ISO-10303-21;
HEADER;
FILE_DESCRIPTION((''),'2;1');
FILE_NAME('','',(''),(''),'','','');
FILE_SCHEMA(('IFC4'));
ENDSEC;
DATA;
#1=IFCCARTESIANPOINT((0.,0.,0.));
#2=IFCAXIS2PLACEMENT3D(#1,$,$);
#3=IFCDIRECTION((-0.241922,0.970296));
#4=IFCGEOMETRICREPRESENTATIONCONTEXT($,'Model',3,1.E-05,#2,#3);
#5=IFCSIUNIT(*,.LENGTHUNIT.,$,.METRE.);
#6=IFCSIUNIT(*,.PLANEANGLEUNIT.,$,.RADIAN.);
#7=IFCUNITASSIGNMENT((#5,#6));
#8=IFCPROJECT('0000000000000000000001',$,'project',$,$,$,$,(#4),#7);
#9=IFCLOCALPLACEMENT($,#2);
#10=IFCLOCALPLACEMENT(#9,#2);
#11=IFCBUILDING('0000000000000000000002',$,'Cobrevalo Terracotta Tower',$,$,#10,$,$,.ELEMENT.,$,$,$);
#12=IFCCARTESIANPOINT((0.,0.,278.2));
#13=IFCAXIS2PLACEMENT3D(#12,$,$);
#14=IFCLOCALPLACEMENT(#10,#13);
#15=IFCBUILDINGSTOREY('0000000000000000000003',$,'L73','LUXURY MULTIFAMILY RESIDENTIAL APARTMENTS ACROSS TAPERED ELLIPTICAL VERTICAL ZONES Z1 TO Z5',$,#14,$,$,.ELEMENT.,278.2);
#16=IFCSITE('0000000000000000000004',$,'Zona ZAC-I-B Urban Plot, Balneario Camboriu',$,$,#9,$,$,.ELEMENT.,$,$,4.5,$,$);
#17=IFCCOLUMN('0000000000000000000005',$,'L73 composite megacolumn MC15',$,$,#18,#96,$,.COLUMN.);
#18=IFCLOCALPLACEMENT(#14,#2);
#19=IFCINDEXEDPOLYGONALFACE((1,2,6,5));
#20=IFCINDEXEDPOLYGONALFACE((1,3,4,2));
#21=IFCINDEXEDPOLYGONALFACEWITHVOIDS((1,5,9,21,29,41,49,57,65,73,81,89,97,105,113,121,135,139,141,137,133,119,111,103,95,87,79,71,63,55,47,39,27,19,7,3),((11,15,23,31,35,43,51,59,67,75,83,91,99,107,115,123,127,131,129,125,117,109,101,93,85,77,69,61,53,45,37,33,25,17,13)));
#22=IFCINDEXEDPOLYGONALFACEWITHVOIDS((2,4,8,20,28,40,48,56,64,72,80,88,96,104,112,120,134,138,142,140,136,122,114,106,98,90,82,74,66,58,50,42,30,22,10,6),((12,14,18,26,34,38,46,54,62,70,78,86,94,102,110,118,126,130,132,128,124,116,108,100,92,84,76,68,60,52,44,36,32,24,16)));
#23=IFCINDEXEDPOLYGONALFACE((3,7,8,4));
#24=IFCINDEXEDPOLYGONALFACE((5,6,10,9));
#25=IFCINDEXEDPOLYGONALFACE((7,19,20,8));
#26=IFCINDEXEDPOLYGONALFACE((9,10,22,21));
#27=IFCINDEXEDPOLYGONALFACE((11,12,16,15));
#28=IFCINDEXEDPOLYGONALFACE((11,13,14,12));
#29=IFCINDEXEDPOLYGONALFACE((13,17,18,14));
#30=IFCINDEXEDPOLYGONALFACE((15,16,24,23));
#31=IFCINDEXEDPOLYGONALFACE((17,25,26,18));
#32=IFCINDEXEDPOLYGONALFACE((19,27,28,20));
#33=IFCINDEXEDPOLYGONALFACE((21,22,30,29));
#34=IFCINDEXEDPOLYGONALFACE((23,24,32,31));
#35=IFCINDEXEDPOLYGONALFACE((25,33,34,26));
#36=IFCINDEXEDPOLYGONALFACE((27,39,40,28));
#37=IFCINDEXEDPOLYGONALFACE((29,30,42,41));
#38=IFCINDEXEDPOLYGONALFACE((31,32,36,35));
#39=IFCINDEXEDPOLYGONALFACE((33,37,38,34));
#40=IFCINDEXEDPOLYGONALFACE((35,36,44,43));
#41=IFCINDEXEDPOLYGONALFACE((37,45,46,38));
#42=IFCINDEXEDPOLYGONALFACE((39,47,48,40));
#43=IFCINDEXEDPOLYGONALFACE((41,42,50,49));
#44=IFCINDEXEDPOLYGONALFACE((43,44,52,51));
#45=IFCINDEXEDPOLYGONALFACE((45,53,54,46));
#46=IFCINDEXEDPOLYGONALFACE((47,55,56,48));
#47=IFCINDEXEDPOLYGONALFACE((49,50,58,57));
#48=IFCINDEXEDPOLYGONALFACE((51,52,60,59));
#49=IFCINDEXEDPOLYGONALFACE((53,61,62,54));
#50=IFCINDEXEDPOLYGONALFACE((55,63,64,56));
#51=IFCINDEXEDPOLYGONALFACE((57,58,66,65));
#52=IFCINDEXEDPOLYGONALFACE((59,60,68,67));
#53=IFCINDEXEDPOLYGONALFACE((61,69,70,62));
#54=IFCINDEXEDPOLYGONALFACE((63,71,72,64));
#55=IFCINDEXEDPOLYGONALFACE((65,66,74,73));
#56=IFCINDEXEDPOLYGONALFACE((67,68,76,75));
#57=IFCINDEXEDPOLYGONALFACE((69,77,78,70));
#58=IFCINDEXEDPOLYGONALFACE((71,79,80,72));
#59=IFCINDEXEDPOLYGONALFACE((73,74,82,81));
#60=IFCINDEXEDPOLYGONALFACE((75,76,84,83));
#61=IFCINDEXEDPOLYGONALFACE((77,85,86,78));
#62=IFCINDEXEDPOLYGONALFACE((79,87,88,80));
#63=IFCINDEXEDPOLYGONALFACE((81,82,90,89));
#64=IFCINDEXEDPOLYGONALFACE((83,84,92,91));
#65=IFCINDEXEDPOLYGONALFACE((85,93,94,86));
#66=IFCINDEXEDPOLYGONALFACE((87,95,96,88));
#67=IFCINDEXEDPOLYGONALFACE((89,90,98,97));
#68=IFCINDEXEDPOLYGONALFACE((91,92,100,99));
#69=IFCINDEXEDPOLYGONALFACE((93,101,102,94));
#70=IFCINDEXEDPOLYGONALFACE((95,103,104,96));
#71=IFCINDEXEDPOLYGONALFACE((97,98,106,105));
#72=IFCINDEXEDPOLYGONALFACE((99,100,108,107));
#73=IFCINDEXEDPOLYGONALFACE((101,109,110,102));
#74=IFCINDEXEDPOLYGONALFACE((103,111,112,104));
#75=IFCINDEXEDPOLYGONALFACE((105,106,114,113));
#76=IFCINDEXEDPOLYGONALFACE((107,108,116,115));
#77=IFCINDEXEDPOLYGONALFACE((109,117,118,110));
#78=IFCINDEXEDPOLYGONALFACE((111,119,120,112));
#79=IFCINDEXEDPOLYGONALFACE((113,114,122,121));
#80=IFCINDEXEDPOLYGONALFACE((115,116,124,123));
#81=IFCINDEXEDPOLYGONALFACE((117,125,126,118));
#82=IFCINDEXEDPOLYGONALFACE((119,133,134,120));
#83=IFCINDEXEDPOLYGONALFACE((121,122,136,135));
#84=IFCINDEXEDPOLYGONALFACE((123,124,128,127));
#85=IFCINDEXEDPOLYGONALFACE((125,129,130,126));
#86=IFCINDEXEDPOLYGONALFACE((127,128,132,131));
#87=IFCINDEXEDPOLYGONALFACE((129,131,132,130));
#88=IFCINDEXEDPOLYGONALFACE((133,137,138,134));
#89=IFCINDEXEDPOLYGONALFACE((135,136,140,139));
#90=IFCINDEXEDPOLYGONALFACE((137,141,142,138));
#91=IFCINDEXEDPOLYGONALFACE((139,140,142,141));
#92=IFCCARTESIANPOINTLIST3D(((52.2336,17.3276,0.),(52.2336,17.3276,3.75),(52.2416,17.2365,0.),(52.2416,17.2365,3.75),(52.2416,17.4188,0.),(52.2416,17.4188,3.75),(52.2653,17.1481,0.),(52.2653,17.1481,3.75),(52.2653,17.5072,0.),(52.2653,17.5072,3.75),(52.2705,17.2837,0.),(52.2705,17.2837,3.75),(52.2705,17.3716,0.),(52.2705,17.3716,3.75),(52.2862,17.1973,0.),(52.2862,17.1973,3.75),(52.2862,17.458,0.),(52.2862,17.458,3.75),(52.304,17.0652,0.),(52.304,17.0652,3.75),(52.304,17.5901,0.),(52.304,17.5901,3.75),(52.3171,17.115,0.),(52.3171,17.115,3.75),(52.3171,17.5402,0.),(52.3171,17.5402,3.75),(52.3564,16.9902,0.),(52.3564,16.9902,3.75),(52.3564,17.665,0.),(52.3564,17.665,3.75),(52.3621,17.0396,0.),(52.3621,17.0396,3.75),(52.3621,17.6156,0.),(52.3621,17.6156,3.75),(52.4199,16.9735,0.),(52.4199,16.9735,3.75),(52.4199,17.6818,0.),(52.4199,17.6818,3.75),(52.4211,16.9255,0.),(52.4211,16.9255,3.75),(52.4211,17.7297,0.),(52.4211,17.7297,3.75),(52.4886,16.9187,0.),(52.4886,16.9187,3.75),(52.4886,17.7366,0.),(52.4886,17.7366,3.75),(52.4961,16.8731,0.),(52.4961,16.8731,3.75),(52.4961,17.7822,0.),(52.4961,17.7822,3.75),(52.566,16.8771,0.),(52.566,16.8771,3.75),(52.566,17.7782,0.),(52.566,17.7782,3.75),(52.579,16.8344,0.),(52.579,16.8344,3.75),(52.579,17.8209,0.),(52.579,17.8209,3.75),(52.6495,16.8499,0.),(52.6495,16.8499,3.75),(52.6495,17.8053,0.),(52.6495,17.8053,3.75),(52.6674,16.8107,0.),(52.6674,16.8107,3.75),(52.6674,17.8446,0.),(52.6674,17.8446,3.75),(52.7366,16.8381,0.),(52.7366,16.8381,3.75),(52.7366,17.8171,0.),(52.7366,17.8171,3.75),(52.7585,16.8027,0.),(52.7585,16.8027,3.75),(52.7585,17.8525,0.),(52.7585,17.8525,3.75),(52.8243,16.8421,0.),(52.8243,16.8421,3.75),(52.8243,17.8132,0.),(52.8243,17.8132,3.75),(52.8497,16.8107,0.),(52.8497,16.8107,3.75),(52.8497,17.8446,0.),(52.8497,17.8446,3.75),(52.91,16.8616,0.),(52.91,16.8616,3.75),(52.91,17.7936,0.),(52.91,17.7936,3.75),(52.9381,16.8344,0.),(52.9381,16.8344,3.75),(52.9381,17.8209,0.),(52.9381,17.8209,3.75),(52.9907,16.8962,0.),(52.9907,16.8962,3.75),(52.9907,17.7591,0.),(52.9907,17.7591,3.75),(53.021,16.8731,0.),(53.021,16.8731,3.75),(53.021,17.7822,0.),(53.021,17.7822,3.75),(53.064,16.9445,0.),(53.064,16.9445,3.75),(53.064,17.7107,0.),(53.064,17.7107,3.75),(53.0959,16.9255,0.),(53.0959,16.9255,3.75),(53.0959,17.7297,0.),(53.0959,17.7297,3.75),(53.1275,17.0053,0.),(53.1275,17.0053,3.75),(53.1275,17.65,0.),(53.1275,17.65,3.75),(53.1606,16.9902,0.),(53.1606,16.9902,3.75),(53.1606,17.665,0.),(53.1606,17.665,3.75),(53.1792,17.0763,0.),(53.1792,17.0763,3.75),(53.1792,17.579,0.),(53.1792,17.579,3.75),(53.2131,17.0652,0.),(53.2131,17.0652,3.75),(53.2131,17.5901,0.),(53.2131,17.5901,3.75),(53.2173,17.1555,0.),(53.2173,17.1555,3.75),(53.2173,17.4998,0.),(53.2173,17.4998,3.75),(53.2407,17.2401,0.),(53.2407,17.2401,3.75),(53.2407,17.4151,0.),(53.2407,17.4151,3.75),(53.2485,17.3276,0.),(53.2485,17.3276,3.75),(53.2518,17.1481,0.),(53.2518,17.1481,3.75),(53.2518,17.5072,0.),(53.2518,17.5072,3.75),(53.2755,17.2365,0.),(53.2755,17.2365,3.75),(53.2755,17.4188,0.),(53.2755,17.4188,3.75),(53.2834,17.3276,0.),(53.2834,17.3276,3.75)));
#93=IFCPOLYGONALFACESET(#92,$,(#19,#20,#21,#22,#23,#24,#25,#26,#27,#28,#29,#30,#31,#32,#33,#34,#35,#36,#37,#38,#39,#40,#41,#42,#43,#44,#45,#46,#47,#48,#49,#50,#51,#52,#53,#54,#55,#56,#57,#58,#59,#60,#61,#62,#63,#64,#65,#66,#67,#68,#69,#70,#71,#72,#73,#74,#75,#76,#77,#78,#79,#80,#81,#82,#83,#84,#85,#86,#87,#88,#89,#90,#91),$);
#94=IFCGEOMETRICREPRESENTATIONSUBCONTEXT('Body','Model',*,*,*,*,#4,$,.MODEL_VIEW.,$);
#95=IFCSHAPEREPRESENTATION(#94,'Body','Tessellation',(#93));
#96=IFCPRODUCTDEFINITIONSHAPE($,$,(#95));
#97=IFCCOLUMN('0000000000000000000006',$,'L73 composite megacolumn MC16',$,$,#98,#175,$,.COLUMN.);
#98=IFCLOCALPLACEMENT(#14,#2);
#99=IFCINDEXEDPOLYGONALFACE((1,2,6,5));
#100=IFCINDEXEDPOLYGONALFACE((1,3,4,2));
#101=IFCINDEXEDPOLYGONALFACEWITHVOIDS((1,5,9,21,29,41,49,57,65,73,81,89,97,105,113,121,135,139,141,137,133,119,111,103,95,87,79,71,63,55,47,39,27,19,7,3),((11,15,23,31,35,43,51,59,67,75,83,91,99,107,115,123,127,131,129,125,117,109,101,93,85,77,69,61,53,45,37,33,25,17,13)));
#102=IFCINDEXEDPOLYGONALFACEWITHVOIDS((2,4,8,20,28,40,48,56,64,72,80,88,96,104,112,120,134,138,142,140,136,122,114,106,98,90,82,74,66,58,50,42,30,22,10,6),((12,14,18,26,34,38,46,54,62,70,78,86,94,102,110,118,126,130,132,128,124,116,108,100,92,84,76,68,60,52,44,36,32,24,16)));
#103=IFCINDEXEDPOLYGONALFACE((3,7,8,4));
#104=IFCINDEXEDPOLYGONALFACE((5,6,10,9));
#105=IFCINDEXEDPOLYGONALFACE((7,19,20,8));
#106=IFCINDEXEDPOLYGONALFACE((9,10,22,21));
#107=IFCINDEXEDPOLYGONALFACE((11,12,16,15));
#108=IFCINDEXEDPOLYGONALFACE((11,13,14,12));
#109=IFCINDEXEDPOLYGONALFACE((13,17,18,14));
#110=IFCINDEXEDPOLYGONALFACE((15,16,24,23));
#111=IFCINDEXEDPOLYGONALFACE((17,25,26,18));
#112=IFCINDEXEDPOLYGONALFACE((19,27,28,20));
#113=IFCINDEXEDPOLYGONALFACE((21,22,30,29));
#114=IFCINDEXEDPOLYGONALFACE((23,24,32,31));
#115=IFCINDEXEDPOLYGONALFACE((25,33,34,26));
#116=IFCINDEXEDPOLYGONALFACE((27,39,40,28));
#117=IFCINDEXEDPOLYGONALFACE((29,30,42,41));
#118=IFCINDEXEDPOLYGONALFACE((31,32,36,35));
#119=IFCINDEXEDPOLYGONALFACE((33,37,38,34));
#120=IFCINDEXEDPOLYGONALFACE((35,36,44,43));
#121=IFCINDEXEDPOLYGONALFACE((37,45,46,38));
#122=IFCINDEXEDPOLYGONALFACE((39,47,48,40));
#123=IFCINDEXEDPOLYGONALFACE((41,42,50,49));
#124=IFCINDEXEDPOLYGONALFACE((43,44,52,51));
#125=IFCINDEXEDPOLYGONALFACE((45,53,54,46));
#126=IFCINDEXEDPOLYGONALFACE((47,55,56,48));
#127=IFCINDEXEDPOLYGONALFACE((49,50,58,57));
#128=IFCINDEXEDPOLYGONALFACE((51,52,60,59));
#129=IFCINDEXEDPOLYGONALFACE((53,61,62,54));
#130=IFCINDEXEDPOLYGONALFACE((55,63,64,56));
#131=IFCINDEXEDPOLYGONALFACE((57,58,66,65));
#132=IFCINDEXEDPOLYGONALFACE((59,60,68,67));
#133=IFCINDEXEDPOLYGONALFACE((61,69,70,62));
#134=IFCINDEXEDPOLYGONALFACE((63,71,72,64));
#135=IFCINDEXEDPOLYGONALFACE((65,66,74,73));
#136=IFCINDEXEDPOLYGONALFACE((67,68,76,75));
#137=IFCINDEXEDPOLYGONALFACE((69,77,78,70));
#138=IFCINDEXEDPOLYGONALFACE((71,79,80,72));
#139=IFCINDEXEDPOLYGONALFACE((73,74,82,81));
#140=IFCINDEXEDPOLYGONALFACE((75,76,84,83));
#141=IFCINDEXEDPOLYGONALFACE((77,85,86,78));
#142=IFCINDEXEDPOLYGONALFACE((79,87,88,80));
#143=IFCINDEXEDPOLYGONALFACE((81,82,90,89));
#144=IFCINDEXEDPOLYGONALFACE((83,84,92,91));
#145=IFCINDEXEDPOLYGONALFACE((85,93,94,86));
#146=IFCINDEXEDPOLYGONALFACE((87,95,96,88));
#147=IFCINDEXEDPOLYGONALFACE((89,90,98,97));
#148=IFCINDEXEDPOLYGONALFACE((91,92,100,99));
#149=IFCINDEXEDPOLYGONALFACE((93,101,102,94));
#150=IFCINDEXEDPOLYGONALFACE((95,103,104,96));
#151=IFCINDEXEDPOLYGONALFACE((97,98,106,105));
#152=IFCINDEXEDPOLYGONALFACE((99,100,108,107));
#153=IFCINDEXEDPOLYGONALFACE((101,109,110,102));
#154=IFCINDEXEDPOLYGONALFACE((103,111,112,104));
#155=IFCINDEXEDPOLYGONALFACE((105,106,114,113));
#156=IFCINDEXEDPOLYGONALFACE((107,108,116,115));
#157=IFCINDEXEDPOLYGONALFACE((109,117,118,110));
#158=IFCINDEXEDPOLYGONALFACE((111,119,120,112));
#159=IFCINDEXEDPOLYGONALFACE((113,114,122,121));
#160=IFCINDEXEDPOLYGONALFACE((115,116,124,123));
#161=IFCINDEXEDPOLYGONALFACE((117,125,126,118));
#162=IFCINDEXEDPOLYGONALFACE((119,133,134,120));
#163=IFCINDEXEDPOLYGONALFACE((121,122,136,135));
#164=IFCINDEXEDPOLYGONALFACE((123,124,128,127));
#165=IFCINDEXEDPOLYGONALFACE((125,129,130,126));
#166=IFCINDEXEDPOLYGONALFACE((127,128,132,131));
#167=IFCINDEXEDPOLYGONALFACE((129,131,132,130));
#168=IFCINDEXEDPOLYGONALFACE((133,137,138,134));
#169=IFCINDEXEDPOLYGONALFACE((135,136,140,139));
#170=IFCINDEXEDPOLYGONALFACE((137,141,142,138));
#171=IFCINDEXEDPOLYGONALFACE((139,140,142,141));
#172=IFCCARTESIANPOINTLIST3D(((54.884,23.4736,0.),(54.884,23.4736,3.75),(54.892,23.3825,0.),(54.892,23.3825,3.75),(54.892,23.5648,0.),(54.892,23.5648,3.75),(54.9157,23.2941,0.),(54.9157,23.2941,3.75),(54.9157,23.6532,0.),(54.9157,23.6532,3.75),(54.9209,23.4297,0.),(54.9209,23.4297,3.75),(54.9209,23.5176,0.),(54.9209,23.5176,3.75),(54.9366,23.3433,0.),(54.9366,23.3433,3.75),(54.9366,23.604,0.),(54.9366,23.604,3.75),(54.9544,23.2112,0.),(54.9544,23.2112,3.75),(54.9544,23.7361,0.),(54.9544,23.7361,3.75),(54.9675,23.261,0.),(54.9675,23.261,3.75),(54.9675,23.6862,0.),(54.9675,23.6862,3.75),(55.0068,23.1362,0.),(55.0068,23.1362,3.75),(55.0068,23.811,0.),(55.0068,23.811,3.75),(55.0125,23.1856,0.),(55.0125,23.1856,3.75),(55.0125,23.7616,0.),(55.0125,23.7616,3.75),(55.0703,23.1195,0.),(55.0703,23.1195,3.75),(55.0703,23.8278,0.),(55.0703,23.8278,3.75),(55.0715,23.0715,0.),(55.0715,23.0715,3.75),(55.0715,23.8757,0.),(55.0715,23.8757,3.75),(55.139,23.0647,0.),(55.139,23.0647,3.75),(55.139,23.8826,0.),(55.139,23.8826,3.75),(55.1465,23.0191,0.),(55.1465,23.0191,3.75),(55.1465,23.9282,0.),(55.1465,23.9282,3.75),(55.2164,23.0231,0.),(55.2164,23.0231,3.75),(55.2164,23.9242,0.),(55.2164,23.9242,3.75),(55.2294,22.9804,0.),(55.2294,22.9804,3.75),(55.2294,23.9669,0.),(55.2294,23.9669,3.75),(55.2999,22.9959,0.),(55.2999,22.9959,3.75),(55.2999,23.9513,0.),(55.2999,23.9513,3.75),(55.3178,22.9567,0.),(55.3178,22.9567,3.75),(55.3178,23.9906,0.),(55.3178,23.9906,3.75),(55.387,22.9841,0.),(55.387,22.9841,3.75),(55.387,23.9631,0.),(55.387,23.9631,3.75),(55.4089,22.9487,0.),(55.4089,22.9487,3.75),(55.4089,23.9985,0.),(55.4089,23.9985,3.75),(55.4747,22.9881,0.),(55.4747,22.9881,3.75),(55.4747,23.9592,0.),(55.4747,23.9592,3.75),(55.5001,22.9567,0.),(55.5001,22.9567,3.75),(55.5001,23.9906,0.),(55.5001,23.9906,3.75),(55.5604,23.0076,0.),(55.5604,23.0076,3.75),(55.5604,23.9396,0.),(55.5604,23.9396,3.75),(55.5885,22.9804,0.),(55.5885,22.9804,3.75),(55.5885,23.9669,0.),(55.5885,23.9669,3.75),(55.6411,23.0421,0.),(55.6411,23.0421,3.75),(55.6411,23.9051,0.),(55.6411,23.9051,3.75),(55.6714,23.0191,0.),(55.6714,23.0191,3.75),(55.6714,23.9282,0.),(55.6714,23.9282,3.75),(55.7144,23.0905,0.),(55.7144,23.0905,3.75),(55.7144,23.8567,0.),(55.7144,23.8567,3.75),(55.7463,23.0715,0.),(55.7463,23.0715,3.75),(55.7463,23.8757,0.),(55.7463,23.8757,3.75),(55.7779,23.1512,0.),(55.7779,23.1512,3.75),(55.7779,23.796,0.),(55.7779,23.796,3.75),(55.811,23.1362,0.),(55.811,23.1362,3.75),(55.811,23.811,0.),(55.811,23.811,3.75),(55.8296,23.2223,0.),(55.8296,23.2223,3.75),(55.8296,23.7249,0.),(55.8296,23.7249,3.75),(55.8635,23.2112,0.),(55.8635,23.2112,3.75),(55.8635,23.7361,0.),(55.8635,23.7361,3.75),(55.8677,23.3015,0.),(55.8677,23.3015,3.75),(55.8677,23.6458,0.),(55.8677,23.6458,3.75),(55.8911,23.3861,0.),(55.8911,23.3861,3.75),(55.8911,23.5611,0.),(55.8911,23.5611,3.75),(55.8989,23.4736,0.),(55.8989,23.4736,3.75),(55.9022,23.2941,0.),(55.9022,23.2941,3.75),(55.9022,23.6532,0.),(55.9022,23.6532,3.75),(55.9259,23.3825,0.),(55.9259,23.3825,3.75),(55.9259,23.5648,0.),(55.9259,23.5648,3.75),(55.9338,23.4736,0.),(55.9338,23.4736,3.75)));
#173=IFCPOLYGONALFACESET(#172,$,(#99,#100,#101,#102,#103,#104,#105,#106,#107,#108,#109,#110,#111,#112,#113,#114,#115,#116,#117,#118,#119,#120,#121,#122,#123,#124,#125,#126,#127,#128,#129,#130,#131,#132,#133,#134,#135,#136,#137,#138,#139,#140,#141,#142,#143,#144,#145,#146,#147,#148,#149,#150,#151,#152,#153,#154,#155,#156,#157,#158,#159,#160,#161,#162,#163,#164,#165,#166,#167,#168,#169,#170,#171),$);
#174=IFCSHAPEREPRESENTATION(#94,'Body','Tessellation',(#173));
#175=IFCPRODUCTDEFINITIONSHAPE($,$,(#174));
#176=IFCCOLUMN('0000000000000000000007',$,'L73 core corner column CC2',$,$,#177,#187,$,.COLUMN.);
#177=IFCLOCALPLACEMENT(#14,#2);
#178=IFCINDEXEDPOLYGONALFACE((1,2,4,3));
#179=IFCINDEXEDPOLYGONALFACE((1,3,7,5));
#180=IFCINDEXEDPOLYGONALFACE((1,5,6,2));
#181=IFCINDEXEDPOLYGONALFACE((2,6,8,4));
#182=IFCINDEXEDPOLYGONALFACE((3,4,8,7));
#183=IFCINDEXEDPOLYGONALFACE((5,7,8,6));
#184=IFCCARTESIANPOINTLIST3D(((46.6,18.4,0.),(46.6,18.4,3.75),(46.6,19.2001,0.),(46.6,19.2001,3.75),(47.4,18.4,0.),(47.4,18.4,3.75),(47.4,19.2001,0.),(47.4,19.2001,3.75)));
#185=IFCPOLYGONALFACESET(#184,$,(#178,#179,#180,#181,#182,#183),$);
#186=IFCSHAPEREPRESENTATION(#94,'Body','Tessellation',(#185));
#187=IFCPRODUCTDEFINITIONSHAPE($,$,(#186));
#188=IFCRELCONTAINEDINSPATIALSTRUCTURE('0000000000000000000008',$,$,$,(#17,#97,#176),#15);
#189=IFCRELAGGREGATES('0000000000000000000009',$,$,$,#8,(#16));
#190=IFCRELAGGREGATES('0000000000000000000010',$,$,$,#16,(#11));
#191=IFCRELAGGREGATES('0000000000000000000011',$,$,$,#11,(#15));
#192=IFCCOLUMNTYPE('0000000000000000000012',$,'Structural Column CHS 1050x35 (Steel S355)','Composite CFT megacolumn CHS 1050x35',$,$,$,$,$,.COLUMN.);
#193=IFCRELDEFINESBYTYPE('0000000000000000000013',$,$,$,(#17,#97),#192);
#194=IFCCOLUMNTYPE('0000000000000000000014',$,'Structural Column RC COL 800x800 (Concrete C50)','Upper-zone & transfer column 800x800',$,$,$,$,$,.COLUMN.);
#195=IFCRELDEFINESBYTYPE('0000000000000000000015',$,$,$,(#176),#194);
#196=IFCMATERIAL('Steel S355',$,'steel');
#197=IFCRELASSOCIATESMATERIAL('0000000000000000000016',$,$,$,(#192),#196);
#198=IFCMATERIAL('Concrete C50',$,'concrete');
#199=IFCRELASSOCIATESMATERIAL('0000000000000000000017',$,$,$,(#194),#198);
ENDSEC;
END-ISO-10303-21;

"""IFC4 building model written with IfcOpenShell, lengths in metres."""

from ifc_helpers import new_model, si_unit, direction, frame, origin, origin_2d, place, context, subcontext, project, spatial, rectangle, hollow_circle, extrude, material, material_profile, profile_set, type_object, element, save


model = new_model("IFC4")

# Units and contexts
model_context = context("Model", 3, precision=1e-05, world=origin(), true_north=direction((-0.241922, 0.970296)))
body_context = subcontext(model_context, "Body", "Model", "MODEL_VIEW")
ifc_project = project(units=[si_unit("LENGTHUNIT", "METRE"), si_unit("PLANEANGLEUNIT", "RADIAN")], contexts=[model_context])

# Site, building, storey
site_placement = place(None, origin())
site = spatial("IfcSite", under=ifc_project, at=site_placement, Name="Zona ZAC-I-B Urban Plot, Balneario Camboriu", CompositionType="ELEMENT", RefElevation=4.5)
building_placement = place(site_placement, origin())
building = spatial("IfcBuilding", under=site, at=building_placement, Name="Cobrevalo Terracotta Tower", CompositionType="ELEMENT")
storey_placement = place(building_placement, frame((0.0, 0.0, 278.2)))
storey = spatial("IfcBuildingStorey", under=building, at=storey_placement, Name="L73", Description="LUXURY MULTIFAMILY RESIDENTIAL APARTMENTS ACROSS TAPERED ELLIPTICAL VERTICAL ZONES Z1 TO Z5", CompositionType="ELEMENT", Elevation=278.2)

# Columns
ifc_material_1 = material(Name="Steel S355", Category="steel")
ifc_material_profile_1 = material_profile(ifc_material_1, hollow_circle(Radius=0.5249, WallThickness=0.0349, at=origin_2d()), Name="CHS 1050x35")
ifc_profile_set_1 = profile_set([ifc_material_profile_1], Name="Steel S355")
column_type_1 = type_object("IfcColumnType", Name="Structural Column CHS 1050x35 (Steel S355)", Description="Composite CFT megacolumn CHS 1050x35", PredefinedType="COLUMN", material=ifc_profile_set_1)
for number, where, z_axis, x_axis, name in (
    (1, (52.7585, 17.3276, 0.0), (0.0, 0.0, 1.0), (1.0, 0.0, 0.0), "L73 composite megacolumn MC15"),
    (2, (55.4089, 23.4736, 0.0), (0.0, 0.0, 1.0), (1.0, 0.0, 0.0), "L73 composite megacolumn MC16"),
):
    element("IfcColumn", number, at=place(storey_placement, frame(where, z_axis=z_axis, x_axis=x_axis)), inside=storey, type_object=column_type_1, Name=name, PredefinedType="COLUMN", context=body_context, shape_type="SweptSolid", body=[
        extrude(hollow_circle(Radius=0.5249, WallThickness=0.0349, at=origin_2d()), origin(), (0.0, 0.0, 1.0), 3.75),
    ])
ifc_material_2 = material(Name="Concrete C50", Category="concrete")
ifc_material_profile_2 = material_profile(ifc_material_2, rectangle(XDim=0.8, YDim=0.8, at=origin_2d()), Name="RC COL 800x800")
ifc_profile_set_2 = profile_set([ifc_material_profile_2], Name="Concrete C50")
column_type_2 = type_object("IfcColumnType", Name="Structural Column RC COL 800x800 (Concrete C50)", Description="Upper-zone & transfer column 800x800", PredefinedType="COLUMN", material=ifc_profile_set_2)
column_placement = place(storey_placement, frame((47.0, 18.8, 0.0), z_axis=(0.0, 0.0, 1.0), x_axis=(1.0, 0.0, 0.0)))
element("IfcColumn", 3, at=column_placement, inside=storey, type_object=column_type_2, Name="L73 core corner column CC2", PredefinedType="COLUMN", context=body_context, shape_type="SweptSolid", body=[
    extrude(rectangle(XDim=0.8, YDim=0.8, at=origin_2d()), origin(), (0.0, 0.0, 1.0), 3.75),
])

save(model, "model.ifc")
